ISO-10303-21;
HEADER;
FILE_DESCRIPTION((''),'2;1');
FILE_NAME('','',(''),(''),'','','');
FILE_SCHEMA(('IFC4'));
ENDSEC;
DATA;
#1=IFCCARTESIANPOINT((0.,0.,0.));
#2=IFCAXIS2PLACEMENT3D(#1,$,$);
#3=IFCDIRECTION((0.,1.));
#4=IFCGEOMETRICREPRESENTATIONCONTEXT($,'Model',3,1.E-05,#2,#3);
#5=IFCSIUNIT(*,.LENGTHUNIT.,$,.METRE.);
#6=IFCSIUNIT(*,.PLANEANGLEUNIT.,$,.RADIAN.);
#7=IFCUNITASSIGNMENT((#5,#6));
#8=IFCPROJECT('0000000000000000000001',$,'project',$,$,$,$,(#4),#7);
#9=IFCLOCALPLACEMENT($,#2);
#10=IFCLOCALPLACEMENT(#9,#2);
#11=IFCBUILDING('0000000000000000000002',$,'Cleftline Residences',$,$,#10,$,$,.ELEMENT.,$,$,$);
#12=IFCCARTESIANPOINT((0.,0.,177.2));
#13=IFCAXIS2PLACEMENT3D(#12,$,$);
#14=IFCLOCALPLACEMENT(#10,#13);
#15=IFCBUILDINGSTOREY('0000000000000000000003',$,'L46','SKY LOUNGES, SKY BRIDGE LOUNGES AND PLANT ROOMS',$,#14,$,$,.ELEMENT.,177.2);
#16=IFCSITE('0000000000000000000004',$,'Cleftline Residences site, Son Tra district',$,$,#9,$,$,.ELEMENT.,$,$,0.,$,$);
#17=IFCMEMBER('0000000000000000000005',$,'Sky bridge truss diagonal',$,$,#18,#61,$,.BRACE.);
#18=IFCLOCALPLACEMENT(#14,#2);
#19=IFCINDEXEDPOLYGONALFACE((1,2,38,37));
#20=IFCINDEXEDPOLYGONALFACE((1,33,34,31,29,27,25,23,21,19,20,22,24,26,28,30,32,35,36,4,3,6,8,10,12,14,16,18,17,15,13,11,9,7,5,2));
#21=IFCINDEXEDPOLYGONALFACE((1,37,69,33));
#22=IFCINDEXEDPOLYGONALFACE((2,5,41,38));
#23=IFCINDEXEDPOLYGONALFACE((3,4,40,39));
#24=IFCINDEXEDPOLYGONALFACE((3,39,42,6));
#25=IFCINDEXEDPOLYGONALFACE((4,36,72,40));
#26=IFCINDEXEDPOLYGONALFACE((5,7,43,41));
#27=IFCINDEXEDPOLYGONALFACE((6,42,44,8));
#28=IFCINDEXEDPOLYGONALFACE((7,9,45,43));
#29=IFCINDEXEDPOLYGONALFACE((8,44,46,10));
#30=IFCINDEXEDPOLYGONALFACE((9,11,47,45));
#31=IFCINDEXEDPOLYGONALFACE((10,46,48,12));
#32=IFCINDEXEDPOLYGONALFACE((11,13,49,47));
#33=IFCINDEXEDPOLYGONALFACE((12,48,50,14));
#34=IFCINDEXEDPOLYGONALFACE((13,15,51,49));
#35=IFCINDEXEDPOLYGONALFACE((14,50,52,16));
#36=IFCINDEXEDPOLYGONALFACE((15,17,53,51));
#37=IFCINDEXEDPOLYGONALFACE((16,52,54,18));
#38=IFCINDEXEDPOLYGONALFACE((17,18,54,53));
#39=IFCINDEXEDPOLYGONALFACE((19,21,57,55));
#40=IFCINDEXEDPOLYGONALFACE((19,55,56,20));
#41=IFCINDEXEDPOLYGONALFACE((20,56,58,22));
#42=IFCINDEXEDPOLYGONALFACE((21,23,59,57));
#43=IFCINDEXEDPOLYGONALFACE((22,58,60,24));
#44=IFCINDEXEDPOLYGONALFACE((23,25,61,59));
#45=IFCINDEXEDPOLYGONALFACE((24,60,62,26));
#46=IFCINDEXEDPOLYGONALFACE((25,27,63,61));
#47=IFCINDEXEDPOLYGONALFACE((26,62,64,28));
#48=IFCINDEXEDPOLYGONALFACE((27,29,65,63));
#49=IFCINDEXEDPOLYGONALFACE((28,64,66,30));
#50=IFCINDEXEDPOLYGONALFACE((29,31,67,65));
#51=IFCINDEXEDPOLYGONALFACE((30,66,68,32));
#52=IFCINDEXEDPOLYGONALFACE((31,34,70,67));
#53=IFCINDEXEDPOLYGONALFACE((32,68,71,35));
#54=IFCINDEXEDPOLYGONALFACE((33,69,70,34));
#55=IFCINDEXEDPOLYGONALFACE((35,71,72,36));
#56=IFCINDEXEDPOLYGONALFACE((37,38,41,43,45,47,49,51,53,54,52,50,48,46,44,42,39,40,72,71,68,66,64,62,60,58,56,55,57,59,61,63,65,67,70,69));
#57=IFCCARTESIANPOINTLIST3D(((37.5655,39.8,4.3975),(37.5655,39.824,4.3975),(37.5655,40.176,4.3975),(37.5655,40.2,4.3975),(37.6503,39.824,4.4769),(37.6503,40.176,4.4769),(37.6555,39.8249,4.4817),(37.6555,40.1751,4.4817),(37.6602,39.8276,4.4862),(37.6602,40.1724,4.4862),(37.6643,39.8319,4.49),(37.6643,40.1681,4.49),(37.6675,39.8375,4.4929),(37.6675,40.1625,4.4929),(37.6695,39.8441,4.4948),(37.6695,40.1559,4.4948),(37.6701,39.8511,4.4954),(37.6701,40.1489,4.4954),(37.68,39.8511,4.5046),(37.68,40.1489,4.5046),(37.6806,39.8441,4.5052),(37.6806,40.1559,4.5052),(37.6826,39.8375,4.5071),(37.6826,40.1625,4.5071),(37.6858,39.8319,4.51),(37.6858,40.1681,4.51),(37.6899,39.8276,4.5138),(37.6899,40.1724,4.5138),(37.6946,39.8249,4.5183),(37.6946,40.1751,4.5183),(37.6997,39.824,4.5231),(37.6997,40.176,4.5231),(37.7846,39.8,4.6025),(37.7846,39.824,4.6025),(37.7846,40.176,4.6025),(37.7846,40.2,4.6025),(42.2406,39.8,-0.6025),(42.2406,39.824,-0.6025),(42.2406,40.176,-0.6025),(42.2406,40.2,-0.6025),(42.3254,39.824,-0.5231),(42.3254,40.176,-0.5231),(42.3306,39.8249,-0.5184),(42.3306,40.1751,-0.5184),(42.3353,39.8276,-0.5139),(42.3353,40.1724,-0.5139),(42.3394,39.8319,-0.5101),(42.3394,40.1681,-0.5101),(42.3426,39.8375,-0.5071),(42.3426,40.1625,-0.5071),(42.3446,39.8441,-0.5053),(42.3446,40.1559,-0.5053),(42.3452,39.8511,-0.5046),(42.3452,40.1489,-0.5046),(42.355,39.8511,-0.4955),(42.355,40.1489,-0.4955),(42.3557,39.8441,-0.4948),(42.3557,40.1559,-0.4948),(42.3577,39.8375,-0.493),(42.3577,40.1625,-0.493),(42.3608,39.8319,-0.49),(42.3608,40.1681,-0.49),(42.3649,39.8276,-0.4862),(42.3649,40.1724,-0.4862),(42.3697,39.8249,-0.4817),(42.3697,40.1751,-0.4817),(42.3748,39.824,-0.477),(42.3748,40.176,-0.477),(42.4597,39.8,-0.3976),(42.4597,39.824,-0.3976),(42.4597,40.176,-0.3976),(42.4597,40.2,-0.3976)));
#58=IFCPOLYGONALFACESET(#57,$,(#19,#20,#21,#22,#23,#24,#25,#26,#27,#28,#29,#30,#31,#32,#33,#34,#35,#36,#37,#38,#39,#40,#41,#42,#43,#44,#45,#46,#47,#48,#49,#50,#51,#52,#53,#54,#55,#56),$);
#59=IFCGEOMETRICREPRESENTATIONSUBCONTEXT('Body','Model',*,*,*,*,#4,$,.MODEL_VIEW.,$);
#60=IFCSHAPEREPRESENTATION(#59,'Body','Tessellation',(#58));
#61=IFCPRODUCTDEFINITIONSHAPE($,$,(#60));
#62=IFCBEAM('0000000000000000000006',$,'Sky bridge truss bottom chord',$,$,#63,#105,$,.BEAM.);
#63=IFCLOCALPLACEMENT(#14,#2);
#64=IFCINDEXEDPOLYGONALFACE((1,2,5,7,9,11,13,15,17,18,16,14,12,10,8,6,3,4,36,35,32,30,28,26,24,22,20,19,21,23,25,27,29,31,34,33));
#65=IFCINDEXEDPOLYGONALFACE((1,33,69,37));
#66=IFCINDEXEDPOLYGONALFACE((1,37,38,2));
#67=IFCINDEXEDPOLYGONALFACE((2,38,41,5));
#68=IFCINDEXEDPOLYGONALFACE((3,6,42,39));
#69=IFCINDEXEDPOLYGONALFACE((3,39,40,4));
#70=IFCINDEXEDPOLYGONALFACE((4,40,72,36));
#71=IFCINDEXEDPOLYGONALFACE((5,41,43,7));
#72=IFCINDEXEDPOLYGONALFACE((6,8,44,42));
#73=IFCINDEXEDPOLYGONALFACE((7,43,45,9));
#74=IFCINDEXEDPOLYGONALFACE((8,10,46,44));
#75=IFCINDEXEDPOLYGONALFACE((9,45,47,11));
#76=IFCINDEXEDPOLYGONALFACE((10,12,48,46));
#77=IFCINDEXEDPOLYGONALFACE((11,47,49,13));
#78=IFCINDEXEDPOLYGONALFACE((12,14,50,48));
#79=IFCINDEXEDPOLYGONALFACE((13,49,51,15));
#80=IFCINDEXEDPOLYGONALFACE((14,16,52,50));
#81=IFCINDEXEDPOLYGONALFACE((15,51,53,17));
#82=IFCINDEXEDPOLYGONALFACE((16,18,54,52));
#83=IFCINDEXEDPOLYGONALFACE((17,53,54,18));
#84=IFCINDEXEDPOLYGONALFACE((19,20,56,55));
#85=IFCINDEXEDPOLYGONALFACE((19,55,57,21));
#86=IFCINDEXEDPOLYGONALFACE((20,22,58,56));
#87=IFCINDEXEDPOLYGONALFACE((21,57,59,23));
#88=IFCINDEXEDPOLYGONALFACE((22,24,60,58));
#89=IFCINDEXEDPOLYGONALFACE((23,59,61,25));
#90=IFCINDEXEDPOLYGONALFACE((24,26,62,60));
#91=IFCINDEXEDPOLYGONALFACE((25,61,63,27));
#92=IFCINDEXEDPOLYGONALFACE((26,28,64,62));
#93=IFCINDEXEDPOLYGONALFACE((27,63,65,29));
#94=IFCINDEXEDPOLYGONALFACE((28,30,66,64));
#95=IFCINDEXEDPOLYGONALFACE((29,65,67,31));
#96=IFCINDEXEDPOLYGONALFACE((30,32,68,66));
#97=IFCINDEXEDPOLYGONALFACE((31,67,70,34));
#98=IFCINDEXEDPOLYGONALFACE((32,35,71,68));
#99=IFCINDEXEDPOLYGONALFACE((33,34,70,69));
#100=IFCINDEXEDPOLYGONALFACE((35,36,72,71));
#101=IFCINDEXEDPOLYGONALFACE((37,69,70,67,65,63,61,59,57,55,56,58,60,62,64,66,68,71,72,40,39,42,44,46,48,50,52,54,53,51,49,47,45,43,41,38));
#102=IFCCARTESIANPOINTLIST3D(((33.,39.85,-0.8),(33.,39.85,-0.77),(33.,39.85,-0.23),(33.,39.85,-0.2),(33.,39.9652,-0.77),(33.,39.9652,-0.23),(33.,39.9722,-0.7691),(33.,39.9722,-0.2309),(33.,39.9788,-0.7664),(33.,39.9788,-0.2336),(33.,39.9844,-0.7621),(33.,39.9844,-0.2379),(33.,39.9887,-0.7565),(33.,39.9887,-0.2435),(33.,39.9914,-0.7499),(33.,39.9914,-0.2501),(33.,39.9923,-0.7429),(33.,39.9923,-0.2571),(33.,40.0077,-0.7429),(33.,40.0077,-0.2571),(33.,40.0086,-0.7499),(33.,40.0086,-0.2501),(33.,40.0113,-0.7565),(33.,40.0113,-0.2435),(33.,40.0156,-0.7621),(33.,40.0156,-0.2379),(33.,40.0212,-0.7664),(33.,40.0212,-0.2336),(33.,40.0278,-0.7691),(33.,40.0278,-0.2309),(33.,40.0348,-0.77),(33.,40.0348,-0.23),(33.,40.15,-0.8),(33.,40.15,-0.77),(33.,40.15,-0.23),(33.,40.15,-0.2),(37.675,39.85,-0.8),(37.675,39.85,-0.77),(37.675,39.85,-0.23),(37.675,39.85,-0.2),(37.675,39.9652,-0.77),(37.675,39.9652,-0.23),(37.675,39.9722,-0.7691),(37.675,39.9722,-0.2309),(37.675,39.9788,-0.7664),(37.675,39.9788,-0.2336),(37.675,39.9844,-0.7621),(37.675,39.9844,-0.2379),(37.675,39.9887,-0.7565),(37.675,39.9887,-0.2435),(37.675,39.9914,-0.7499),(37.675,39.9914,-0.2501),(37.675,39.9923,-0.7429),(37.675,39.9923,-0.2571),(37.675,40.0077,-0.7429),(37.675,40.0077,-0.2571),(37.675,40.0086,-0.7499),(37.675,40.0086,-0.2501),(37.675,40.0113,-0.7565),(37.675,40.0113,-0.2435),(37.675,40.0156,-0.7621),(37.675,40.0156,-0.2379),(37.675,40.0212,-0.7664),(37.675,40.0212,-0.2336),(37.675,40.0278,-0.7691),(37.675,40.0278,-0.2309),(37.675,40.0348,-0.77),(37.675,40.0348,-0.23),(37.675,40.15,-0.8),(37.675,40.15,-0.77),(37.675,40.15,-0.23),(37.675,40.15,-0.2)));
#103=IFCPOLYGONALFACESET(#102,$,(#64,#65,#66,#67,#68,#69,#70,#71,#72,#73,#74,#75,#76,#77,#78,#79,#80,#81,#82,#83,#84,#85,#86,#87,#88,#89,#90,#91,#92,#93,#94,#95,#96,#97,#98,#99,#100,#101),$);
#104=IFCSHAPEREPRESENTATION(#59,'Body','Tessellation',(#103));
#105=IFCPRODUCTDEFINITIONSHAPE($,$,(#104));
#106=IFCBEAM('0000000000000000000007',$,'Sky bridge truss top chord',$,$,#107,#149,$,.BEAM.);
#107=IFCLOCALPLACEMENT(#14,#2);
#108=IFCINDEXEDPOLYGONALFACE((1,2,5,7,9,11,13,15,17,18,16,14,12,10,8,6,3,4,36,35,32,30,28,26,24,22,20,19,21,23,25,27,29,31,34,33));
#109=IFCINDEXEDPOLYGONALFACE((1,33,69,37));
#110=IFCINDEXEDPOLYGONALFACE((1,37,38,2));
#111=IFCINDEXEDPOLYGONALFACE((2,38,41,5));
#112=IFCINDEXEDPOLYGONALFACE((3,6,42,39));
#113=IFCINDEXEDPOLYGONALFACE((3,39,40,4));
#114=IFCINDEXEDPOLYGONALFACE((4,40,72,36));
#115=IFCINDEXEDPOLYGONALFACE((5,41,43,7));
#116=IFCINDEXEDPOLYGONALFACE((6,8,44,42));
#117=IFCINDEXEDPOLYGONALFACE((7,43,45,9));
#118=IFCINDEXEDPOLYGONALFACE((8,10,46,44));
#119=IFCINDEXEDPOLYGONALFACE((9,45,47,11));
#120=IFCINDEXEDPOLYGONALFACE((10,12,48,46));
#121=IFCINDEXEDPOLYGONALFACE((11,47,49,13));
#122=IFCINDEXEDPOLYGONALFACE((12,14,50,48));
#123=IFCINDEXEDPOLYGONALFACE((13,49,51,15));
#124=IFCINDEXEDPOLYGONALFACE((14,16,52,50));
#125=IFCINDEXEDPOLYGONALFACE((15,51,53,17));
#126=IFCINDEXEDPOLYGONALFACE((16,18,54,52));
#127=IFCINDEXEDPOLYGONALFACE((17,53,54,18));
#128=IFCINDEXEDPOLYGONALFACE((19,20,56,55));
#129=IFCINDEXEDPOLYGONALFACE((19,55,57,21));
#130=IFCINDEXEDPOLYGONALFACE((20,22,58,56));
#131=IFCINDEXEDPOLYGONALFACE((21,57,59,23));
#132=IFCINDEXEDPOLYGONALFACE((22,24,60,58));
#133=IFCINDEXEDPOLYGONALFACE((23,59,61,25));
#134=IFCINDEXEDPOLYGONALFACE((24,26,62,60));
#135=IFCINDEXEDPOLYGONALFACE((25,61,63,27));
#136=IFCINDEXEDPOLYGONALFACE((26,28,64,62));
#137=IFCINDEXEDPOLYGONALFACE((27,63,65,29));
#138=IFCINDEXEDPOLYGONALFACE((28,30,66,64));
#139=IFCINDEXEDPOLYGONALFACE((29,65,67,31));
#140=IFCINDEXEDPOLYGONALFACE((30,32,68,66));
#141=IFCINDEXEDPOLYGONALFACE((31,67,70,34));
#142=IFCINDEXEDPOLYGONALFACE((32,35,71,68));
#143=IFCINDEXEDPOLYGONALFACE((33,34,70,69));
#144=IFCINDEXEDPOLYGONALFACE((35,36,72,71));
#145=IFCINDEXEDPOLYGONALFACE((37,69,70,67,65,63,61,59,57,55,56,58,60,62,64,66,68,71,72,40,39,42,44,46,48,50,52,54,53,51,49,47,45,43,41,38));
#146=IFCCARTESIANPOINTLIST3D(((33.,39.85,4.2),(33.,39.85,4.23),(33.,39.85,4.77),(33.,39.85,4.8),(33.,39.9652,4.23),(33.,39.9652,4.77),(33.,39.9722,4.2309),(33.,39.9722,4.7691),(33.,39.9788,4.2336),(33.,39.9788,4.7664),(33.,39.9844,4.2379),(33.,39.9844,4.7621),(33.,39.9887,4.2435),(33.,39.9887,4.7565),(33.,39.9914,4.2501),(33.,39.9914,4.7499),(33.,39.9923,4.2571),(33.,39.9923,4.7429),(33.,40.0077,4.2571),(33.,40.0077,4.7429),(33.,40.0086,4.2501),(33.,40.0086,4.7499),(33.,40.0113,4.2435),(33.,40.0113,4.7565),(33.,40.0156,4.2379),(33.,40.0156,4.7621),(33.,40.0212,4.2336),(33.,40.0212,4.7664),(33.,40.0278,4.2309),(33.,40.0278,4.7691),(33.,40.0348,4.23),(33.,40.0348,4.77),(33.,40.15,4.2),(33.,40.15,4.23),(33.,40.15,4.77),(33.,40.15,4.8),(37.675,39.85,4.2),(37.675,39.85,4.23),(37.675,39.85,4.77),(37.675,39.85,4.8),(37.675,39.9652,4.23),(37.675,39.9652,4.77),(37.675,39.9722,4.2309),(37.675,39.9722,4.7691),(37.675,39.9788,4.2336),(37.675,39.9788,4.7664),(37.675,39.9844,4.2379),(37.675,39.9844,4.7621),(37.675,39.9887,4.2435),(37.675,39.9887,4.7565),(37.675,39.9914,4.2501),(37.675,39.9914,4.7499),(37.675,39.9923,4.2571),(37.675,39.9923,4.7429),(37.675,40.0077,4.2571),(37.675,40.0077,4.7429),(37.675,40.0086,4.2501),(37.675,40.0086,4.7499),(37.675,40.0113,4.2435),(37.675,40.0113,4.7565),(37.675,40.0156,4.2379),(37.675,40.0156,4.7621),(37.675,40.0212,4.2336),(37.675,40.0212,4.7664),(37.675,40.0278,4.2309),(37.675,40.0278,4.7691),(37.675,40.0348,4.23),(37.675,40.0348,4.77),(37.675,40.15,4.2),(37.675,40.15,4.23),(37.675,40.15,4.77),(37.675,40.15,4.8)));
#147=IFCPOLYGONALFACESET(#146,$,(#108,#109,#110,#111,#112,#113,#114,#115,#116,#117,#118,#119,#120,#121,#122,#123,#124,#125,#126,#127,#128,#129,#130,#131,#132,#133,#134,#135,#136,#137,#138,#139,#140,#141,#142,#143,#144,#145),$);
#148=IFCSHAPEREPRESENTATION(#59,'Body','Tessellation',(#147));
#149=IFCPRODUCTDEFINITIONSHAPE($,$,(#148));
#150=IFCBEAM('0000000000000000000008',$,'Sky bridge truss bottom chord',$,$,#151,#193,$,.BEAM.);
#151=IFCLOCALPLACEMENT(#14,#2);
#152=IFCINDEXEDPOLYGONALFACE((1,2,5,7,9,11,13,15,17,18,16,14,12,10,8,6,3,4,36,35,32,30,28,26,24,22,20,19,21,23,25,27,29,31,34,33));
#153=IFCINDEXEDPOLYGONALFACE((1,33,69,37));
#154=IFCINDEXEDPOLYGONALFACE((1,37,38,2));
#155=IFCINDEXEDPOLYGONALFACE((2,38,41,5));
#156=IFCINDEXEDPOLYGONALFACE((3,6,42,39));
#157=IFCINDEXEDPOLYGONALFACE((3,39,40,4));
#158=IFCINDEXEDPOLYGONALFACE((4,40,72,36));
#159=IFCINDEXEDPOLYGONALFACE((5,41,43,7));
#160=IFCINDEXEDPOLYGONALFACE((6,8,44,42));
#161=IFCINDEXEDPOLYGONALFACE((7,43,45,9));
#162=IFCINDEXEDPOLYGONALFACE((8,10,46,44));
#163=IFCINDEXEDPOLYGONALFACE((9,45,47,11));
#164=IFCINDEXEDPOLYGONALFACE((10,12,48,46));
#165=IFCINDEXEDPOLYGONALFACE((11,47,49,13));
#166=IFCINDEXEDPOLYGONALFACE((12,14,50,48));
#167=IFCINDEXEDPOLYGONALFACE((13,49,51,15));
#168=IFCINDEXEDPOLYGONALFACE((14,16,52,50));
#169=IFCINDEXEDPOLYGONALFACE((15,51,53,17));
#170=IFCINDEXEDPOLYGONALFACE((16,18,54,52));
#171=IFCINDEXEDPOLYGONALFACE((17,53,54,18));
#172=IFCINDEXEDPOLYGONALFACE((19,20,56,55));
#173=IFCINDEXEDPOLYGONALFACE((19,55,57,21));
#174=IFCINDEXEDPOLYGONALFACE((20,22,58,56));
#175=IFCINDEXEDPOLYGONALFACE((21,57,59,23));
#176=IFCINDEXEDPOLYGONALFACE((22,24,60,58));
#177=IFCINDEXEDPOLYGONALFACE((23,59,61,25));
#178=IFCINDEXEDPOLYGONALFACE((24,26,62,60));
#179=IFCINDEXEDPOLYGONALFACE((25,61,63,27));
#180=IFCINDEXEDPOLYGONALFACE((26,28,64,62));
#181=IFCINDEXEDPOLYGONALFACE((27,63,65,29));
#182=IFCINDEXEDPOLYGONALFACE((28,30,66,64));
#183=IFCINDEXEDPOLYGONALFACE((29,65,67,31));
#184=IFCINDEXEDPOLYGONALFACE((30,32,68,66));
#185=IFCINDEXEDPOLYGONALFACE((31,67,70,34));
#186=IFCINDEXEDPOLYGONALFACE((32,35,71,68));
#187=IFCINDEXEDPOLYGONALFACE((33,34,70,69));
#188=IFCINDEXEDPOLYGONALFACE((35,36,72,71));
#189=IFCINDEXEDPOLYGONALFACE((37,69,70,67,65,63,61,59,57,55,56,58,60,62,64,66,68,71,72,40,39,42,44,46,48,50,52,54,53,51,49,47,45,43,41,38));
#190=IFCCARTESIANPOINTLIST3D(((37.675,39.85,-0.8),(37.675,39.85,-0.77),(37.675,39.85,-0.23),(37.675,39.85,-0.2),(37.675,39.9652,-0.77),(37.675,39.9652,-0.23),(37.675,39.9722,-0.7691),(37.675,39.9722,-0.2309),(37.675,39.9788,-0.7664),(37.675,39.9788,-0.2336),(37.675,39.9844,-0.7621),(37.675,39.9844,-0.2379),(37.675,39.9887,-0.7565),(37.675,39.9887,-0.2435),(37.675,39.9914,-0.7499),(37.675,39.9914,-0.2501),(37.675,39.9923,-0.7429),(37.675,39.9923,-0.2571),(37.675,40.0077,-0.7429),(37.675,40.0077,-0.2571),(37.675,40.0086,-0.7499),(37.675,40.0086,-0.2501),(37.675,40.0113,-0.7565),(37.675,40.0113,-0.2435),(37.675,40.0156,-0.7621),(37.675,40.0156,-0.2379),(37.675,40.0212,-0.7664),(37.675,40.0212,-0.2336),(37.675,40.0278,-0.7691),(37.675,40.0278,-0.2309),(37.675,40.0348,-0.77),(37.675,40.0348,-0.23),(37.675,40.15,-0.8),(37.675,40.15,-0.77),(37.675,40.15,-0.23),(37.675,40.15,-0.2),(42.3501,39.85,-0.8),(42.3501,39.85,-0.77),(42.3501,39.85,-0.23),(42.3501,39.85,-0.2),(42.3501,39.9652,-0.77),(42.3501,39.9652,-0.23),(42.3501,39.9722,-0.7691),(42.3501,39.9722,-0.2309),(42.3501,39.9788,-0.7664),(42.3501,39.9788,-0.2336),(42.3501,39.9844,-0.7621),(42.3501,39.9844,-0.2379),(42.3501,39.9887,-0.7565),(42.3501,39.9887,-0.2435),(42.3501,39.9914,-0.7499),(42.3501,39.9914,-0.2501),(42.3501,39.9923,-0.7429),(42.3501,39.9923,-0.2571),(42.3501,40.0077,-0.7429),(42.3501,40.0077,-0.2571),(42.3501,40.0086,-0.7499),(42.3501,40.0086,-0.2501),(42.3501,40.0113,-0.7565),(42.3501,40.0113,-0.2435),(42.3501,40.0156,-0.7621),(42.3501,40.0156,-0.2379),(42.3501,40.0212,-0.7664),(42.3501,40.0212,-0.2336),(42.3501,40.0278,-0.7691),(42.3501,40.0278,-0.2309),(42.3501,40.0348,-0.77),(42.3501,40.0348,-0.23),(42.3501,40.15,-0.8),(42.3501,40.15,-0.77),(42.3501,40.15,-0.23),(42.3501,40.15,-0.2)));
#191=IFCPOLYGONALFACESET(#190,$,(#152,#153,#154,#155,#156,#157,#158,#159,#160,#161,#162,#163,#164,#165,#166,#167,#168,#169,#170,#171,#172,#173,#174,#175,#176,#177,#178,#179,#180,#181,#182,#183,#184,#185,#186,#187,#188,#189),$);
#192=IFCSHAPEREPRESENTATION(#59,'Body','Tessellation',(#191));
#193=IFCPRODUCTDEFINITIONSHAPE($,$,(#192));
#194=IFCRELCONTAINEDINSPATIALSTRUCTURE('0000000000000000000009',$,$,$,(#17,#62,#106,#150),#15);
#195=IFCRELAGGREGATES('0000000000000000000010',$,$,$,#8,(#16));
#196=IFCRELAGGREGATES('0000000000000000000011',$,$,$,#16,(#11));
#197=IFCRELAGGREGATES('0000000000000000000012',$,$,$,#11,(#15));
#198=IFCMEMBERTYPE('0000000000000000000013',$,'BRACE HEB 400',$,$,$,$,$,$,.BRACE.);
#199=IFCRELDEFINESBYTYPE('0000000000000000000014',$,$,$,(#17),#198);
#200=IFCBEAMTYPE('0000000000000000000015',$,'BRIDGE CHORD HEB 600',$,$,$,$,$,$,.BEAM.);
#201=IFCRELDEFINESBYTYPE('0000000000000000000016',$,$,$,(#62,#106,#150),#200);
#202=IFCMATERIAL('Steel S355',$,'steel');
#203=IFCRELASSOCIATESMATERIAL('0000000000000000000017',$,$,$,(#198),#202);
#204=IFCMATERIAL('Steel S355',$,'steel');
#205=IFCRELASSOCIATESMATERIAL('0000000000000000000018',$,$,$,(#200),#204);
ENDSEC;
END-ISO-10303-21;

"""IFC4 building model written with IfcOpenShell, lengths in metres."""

from ifc_helpers import new_model, si_unit, direction, frame, origin, origin_2d, place, context, subcontext, project, spatial, i_section, extrude, material, material_profile, profile_set, type_object, element, save


model = new_model("IFC4")

# Units and contexts
model_context = context("Model", 3, precision=1e-05, world=origin(), true_north=direction((0.0, 1.0)))
body_context = subcontext(model_context, "Body", "Model", "MODEL_VIEW")
ifc_project = project(units=[si_unit("LENGTHUNIT", "METRE"), si_unit("PLANEANGLEUNIT", "RADIAN")], contexts=[model_context])

# Site, building, storey
site_placement = place(None, origin())
site = spatial("IfcSite", under=ifc_project, at=site_placement, Name="Cleftline Residences site, Son Tra district", CompositionType="ELEMENT", RefElevation=0.0)
building_placement = place(site_placement, origin())
building = spatial("IfcBuilding", under=site, at=building_placement, Name="Cleftline Residences", CompositionType="ELEMENT")
storey_placement = place(building_placement, frame((0.0, 0.0, 177.2)))
storey = spatial("IfcBuildingStorey", under=building, at=storey_placement, Name="L46", Description="SKY LOUNGES, SKY BRIDGE LOUNGES AND PLANT ROOMS", CompositionType="ELEMENT", Elevation=177.2)

# Member
ifc_material_1 = material(Name="Steel S355", Category="steel")
ifc_material_profile_1 = material_profile(ifc_material_1, i_section(OverallWidth=0.3, OverallDepth=0.3999, WebThickness=0.0134, FlangeThickness=0.0239, FilletRadius=0.0271, at=origin_2d()))
ifc_profile_set_1 = profile_set([ifc_material_profile_1], Name="Steel S355")
member_type_1 = type_object("IfcMemberType", Name="BRACE HEB 400", PredefinedType="BRACE", material=ifc_profile_set_1)
for number, where, z_axis, x_axis, name in (
    (1, (37.675, 40.0, 4.5), (0.682972, 0.0, -0.730444), (0.730444, 0.0, 0.682972), "Sky bridge truss diagonal"),
):
    element("IfcMember", number, at=place(storey_placement, frame(where, z_axis=z_axis, x_axis=x_axis)), inside=storey, type_object=member_type_1, Name=name, PredefinedType="BRACE", context=body_context, shape_type="SweptSolid", body=[
        extrude(i_section(OverallWidth=0.3, OverallDepth=0.3999, WebThickness=0.0134, FlangeThickness=0.0239, FilletRadius=0.0271, at=origin_2d()), origin(), (0.0, 0.0, 1.0), 6.8452),
    ])

# Beams
ifc_material_2 = material(Name="Steel S355", Category="steel")
ifc_material_profile_2 = material_profile(ifc_material_2, i_section(OverallWidth=0.3, OverallDepth=0.6001, WebThickness=0.0154, FlangeThickness=0.03, FilletRadius=0.0271, at=origin_2d()))
ifc_profile_set_2 = profile_set([ifc_material_profile_2], Name="Steel S355")
beam_type_1 = type_object("IfcBeamType", Name="BRIDGE CHORD HEB 600", PredefinedType="BEAM", material=ifc_profile_set_2)
for number, where, z_axis, x_axis, name in (
    (2, (33.0, 40.0, -0.5), (1.0, 0.0, 0.0), (0.0, 1.0, 0.0), "Sky bridge truss bottom chord"),
    (3, (33.0, 40.0, 4.5), (1.0, 0.0, 0.0), (0.0, 1.0, 0.0), "Sky bridge truss top chord"),
    (4, (37.675, 40.0, -0.5), (1.0, 0.0, 0.0), (0.0, 1.0, 0.0), "Sky bridge truss bottom chord"),
):
    element("IfcBeam", number, at=place(storey_placement, frame(where, z_axis=z_axis, x_axis=x_axis)), inside=storey, type_object=beam_type_1, Name=name, PredefinedType="BEAM", context=body_context, shape_type="SweptSolid", body=[
        extrude(i_section(OverallWidth=0.3, OverallDepth=0.6001, WebThickness=0.0154, FlangeThickness=0.03, FilletRadius=0.0271, at=origin_2d()), origin(), (0.0, 0.0, 1.0), 4.675),
    ])

save(model, "model.ifc")
